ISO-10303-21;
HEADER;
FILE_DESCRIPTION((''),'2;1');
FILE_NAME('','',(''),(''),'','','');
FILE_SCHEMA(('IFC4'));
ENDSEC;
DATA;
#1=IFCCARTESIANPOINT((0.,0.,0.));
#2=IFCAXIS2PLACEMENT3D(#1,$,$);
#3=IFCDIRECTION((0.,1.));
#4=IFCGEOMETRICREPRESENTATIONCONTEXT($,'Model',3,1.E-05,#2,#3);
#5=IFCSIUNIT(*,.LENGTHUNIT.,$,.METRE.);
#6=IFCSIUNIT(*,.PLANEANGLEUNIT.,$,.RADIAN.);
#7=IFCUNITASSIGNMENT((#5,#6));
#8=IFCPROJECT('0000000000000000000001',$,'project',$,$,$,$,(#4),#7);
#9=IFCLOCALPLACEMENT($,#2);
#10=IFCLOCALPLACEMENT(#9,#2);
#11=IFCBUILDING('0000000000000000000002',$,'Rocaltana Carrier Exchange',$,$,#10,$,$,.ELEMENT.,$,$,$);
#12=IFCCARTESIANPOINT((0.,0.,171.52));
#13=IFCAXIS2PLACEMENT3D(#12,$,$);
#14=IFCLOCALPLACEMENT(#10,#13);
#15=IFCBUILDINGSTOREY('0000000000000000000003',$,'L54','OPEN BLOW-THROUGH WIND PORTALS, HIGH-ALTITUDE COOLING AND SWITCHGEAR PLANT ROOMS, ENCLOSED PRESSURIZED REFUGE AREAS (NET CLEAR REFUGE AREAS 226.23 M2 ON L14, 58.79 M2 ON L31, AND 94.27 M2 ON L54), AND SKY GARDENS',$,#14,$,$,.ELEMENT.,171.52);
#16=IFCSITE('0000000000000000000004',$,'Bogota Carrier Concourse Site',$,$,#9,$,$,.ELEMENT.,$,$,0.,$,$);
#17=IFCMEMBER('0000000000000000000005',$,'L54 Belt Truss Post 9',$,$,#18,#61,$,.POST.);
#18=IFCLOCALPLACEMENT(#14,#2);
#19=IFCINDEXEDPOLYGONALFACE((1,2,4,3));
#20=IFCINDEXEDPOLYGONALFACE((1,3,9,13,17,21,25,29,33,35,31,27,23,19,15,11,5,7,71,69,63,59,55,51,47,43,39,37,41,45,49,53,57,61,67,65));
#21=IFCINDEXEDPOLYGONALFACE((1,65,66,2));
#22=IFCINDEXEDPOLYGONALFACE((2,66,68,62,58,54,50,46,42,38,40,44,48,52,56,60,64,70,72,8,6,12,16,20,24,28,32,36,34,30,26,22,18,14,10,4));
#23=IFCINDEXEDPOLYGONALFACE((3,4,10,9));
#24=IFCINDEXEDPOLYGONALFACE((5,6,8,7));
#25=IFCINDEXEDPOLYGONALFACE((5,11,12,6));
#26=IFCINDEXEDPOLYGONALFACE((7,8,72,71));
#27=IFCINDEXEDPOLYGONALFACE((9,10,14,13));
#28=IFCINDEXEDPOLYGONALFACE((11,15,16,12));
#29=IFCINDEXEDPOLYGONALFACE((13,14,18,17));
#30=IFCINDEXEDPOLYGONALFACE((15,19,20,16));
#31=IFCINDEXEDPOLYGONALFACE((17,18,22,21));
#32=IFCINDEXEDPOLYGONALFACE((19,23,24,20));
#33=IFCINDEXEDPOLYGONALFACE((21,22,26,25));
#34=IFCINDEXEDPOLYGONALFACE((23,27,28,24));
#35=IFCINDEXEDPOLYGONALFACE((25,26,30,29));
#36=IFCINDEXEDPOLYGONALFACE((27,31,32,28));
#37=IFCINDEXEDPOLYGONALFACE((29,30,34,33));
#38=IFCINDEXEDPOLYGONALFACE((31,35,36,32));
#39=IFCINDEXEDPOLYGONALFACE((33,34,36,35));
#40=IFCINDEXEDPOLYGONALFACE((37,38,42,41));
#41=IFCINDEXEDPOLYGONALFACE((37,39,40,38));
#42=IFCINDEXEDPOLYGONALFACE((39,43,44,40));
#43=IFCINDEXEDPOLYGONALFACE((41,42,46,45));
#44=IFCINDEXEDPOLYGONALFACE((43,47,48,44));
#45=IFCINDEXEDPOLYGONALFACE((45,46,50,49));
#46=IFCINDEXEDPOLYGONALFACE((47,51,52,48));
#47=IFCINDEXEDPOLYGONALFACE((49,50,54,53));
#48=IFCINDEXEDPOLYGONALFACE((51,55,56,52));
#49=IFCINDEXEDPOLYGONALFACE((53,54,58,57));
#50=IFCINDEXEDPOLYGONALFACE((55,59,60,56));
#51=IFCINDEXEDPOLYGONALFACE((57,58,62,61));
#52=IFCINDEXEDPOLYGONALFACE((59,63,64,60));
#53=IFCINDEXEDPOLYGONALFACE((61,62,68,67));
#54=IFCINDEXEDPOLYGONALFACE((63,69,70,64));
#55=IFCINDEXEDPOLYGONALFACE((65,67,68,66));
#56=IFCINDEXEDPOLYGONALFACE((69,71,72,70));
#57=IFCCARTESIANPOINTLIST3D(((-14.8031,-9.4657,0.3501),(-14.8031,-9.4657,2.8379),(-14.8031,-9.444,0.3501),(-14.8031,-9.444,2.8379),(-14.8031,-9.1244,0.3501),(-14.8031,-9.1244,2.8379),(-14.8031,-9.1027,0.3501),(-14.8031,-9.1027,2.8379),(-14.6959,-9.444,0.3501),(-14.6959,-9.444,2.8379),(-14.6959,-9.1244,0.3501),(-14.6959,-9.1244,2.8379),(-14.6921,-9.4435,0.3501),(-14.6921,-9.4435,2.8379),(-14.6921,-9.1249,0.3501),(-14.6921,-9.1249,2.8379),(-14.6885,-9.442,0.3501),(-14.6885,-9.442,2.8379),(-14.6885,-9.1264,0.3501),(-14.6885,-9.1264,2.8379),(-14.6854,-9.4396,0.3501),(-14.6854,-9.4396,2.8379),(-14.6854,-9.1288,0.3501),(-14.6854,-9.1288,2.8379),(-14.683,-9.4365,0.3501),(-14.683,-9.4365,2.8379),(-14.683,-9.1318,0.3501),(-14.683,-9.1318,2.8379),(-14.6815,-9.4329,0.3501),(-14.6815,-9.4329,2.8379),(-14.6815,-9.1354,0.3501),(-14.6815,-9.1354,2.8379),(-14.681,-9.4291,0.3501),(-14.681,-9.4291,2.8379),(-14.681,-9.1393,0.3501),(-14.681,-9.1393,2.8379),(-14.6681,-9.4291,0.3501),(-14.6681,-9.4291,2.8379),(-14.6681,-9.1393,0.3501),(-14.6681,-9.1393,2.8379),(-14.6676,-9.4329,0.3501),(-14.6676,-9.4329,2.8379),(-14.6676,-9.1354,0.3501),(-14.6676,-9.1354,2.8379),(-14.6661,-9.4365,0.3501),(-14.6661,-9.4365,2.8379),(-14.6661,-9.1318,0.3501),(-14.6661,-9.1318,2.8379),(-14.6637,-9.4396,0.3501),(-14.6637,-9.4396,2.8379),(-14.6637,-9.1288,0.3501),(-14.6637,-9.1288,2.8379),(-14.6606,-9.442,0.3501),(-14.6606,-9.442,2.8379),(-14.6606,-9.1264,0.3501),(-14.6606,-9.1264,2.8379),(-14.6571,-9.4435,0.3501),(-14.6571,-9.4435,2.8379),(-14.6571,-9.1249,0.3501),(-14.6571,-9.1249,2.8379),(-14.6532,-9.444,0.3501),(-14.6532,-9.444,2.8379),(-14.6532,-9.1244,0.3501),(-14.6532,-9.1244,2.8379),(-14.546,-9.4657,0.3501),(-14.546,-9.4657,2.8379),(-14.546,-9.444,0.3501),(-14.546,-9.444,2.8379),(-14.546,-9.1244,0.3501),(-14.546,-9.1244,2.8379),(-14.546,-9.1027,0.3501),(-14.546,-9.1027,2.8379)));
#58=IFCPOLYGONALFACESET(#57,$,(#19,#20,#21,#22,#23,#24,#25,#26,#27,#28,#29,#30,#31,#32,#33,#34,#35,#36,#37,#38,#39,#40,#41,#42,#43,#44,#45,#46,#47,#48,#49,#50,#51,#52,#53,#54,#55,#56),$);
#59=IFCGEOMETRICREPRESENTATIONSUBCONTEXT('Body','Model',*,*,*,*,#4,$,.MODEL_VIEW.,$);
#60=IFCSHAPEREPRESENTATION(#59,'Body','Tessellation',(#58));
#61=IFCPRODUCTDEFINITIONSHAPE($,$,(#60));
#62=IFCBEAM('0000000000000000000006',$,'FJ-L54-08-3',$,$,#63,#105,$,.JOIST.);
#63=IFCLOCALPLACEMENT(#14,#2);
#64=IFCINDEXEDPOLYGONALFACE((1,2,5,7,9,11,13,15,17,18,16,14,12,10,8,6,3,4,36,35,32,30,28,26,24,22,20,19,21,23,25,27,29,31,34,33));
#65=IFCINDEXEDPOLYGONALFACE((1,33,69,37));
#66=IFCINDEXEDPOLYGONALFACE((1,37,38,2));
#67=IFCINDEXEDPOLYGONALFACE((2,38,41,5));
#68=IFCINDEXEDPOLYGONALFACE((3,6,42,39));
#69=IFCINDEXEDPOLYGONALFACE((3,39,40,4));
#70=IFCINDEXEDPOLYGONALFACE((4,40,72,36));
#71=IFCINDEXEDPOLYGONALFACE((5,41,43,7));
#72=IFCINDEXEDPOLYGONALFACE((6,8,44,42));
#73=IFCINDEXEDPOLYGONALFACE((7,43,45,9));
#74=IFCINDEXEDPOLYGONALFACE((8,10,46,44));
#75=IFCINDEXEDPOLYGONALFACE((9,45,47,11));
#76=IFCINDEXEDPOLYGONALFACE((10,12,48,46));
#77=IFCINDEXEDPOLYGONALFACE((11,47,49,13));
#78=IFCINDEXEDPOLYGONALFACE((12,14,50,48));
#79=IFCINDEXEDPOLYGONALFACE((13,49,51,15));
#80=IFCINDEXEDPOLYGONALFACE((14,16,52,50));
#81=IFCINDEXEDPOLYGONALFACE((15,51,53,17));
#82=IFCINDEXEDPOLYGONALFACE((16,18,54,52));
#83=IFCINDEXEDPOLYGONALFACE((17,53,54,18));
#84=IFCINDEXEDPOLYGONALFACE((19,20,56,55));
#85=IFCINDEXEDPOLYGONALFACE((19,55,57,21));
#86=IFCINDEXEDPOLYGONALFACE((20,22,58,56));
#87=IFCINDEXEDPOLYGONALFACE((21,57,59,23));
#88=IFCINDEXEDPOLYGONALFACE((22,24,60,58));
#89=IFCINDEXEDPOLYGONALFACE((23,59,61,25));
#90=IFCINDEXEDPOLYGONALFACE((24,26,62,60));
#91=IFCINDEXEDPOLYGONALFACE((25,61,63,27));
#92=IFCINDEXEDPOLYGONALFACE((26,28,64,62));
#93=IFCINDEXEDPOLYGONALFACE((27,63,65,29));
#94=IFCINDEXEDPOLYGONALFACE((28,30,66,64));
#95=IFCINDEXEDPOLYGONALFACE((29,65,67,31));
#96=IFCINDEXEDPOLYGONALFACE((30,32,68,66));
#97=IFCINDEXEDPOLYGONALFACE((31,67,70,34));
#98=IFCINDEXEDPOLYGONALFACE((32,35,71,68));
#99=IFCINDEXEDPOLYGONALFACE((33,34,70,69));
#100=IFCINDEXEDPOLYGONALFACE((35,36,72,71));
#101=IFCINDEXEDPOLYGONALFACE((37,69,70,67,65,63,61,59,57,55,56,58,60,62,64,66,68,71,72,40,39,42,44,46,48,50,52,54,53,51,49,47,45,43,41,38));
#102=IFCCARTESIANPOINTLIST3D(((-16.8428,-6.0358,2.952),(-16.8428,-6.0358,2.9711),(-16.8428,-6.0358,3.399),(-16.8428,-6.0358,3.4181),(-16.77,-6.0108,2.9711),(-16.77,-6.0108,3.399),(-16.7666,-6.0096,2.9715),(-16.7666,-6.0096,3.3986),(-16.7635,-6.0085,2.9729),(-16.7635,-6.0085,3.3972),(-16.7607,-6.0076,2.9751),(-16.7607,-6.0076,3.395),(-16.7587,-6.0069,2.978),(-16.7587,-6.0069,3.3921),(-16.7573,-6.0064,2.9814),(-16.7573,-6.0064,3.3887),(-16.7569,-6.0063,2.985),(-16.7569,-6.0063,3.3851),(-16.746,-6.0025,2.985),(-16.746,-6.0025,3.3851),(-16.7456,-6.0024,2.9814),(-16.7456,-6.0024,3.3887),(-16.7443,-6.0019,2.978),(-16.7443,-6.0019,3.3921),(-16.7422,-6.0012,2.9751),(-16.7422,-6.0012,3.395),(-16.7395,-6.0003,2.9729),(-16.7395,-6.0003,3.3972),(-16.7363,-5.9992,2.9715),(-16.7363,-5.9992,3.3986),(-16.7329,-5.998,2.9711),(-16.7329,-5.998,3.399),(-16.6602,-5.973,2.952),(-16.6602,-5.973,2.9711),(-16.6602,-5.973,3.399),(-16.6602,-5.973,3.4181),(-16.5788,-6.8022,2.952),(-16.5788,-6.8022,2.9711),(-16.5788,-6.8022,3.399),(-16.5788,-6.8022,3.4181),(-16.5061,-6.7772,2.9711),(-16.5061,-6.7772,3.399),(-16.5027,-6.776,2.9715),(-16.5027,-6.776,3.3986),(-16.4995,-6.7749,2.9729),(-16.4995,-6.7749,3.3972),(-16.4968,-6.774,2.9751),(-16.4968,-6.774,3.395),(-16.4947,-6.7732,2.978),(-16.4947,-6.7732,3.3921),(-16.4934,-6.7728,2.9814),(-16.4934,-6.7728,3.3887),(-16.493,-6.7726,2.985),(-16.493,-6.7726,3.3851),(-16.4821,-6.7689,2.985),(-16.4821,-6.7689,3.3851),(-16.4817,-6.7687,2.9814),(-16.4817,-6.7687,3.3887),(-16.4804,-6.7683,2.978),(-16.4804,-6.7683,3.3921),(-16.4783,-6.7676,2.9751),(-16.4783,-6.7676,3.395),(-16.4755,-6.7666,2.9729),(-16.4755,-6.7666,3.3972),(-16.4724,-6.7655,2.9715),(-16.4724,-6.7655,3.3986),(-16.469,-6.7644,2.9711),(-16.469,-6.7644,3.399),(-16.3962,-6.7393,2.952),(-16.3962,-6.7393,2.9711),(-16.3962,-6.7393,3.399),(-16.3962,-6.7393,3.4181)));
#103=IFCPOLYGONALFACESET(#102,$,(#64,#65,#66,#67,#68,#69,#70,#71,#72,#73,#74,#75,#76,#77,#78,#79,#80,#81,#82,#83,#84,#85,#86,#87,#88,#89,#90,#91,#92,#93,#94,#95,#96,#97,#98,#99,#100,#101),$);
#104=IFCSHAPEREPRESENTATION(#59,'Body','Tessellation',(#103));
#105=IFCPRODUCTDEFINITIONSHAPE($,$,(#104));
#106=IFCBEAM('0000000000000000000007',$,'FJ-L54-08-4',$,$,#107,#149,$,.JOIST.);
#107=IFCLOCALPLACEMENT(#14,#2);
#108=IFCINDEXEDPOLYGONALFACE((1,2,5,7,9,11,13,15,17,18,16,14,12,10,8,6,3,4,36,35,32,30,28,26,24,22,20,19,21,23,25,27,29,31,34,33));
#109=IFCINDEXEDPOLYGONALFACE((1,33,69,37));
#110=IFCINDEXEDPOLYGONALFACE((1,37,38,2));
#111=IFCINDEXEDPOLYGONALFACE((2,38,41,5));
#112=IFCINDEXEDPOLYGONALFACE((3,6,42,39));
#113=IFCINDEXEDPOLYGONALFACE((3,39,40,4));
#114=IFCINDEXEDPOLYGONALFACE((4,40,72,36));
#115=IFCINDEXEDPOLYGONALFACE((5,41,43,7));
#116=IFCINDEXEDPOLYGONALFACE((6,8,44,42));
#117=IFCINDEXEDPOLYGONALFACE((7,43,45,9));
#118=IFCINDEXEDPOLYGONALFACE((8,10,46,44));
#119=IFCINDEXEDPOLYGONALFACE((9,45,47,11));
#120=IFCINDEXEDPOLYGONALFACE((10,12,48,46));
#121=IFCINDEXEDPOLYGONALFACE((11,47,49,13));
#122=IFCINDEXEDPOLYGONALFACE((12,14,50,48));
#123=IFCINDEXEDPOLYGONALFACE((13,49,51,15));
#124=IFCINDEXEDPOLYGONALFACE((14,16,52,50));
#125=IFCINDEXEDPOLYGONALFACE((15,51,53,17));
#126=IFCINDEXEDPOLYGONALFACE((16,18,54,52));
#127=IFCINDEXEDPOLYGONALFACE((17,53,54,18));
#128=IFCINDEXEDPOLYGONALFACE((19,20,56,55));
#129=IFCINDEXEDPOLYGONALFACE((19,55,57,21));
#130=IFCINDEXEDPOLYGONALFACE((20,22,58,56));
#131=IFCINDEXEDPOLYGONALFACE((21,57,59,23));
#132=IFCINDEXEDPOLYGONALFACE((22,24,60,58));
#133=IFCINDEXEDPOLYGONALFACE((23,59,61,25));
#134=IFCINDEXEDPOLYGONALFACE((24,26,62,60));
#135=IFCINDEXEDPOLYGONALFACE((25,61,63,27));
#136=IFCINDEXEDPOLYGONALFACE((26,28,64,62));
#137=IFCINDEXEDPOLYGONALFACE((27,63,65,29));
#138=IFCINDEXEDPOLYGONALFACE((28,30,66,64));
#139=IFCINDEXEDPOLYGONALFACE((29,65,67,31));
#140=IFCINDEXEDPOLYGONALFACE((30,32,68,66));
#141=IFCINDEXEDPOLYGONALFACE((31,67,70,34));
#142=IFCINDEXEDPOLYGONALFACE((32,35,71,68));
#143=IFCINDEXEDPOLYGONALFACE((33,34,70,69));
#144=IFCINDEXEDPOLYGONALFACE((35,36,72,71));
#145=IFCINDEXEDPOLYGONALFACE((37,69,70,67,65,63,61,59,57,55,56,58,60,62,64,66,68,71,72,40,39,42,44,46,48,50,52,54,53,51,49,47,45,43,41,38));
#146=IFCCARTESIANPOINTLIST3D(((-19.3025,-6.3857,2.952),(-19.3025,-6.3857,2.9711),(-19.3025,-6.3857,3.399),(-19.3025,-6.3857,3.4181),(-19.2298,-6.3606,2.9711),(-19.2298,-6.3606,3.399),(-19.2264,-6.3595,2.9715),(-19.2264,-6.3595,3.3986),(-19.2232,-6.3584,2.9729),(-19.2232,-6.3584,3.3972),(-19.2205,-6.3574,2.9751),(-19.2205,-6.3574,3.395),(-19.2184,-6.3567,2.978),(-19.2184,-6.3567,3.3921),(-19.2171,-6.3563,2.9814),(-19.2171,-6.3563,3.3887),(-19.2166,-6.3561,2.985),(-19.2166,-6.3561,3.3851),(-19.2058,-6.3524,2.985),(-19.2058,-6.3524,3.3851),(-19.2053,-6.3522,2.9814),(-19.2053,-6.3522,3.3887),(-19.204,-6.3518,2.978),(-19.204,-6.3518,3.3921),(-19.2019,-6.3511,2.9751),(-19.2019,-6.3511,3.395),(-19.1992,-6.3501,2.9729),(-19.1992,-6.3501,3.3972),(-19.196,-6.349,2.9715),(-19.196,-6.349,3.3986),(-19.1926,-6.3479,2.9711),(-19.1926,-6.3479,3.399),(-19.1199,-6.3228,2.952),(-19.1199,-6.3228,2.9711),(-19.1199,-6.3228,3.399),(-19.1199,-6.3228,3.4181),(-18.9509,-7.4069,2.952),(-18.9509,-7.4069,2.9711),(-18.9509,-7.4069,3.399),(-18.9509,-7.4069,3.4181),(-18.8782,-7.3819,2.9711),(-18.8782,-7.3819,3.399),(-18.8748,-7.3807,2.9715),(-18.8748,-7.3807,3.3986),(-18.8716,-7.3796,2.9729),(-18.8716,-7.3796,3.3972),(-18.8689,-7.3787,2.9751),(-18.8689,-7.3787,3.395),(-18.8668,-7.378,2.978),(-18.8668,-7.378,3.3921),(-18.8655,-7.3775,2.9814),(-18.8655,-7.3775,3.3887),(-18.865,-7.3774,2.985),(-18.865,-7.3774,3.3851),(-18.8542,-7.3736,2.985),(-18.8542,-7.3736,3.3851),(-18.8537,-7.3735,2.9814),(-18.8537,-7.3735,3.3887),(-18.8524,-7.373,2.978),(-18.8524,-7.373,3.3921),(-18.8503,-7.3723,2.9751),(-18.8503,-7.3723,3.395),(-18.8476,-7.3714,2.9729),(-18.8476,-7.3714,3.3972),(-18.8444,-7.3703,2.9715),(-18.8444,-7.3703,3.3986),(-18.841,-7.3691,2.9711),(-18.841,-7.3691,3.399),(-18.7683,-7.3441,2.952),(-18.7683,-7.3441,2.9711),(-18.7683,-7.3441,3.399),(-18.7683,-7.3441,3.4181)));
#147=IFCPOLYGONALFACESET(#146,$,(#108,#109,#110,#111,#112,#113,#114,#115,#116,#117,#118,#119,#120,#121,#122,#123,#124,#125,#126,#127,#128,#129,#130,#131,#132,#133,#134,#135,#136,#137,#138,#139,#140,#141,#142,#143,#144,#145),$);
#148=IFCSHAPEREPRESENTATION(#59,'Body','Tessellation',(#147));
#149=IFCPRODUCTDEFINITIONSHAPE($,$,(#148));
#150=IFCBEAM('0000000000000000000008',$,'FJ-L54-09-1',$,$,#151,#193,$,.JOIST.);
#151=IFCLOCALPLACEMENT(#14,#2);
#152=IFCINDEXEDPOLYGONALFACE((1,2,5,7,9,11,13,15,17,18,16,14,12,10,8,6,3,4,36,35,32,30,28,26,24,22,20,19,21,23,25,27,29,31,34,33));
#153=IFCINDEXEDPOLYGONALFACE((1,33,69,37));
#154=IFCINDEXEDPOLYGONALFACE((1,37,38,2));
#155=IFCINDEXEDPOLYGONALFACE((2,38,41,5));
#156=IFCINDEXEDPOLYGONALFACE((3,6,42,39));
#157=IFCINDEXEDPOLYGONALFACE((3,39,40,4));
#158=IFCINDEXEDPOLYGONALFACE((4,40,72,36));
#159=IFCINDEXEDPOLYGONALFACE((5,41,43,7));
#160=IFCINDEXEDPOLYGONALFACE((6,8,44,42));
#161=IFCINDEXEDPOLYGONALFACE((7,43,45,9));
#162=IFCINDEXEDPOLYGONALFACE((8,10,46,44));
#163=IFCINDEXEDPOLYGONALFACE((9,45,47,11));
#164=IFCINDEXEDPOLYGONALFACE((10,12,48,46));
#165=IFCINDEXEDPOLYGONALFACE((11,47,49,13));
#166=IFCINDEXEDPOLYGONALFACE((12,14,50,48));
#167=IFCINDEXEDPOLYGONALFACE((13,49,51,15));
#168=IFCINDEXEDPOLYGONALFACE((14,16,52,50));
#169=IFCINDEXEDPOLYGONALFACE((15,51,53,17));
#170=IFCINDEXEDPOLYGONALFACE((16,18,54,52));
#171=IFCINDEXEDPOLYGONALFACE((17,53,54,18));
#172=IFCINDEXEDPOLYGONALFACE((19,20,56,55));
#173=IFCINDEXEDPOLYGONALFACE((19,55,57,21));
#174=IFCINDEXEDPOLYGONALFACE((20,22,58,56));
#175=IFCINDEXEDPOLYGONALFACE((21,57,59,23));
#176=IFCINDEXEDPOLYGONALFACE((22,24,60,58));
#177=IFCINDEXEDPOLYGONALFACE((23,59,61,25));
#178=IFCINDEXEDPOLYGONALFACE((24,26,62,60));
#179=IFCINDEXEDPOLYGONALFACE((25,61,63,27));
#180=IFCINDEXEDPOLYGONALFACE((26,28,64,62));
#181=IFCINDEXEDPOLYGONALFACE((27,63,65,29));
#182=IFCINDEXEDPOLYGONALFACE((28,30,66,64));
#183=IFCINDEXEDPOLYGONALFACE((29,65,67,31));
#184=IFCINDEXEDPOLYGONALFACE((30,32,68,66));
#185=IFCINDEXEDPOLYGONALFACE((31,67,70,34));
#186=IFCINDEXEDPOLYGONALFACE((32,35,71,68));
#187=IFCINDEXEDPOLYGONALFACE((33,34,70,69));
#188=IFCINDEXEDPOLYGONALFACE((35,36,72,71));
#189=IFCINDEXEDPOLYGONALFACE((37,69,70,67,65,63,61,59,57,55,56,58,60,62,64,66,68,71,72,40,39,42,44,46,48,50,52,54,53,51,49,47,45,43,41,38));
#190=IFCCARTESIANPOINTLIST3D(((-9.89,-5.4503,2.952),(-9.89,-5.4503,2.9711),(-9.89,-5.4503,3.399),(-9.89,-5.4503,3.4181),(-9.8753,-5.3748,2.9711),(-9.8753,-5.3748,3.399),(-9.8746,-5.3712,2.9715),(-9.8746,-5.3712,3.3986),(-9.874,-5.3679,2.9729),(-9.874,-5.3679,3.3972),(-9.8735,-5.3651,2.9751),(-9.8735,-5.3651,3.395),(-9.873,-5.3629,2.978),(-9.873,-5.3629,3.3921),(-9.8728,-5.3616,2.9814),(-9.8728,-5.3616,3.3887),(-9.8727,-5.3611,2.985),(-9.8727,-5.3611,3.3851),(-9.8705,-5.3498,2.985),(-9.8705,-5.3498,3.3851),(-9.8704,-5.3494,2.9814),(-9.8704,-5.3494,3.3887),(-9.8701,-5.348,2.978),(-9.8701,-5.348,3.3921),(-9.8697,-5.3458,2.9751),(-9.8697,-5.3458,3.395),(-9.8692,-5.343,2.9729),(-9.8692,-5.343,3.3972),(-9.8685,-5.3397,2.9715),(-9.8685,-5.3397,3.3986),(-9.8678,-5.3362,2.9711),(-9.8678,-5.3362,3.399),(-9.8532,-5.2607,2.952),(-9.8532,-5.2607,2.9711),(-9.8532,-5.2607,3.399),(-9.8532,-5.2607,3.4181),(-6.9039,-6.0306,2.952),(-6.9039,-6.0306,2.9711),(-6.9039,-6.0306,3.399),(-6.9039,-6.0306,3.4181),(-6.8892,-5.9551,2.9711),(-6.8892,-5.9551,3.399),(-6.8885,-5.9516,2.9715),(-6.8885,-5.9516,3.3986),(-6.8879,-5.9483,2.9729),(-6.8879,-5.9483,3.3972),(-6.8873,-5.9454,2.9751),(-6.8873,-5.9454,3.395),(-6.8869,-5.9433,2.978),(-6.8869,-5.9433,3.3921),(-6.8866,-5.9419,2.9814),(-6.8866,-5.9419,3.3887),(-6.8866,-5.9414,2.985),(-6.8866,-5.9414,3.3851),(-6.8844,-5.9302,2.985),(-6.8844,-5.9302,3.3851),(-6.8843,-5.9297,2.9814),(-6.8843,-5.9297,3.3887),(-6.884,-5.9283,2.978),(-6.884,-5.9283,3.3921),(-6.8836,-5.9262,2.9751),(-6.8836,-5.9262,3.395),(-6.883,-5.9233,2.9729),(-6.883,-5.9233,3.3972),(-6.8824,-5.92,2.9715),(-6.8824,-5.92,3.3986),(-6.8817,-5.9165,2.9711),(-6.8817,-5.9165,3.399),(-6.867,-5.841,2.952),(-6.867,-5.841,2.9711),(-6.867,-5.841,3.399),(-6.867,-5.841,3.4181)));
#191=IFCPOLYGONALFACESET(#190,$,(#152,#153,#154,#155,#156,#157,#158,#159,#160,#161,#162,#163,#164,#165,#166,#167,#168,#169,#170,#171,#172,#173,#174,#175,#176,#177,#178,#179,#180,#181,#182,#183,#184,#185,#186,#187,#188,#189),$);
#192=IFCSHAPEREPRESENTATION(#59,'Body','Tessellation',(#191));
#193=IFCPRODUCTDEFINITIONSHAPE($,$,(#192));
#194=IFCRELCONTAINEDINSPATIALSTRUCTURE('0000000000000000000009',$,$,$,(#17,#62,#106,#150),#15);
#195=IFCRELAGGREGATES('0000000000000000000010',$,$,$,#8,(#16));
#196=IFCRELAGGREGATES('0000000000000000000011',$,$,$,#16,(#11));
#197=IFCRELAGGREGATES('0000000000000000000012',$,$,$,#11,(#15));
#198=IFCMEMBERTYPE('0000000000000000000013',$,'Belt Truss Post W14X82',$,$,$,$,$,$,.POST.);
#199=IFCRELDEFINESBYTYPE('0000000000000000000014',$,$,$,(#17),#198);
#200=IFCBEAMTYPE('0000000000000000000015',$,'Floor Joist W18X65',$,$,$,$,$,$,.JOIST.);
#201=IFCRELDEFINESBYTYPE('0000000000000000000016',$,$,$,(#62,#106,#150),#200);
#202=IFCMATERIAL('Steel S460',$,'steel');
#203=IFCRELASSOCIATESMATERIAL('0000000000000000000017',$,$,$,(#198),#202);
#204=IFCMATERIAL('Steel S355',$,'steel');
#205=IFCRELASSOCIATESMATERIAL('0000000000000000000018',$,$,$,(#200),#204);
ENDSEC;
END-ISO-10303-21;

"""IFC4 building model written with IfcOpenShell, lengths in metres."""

from ifc_helpers import new_model, si_unit, direction, frame, origin, origin_2d, place, context, subcontext, project, spatial, i_section, extrude, material, material_profile, profile_set, type_object, element, save


model = new_model("IFC4")

# Units and contexts
model_context = context("Model", 3, precision=1e-05, world=origin(), true_north=direction((0.0, 1.0)))
body_context = subcontext(model_context, "Body", "Model", "MODEL_VIEW")
ifc_project = project(units=[si_unit("LENGTHUNIT", "METRE"), si_unit("PLANEANGLEUNIT", "RADIAN")], contexts=[model_context])

# Site, building, storey
site_placement = place(None, origin())
site = spatial("IfcSite", under=ifc_project, at=site_placement, Name="Bogota Carrier Concourse Site", CompositionType="ELEMENT", RefElevation=0.0)
building_placement = place(site_placement, origin())
building = spatial("IfcBuilding", under=site, at=building_placement, Name="Rocaltana Carrier Exchange", CompositionType="ELEMENT")
storey_placement = place(building_placement, frame((0.0, 0.0, 171.52)))
storey = spatial("IfcBuildingStorey", under=building, at=storey_placement, Name="L54", Description="OPEN BLOW-THROUGH WIND PORTALS, HIGH-ALTITUDE COOLING AND SWITCHGEAR PLANT ROOMS, ENCLOSED PRESSURIZED REFUGE AREAS (NET CLEAR REFUGE AREAS 226.23 M2 ON L14, 58.79 M2 ON L31, AND 94.27 M2 ON L54), AND SKY GARDENS", CompositionType="ELEMENT", Elevation=171.52)

# Member
ifc_material_1 = material(Name="Steel S460", Category="steel")
ifc_material_profile_1 = material_profile(ifc_material_1, i_section(OverallWidth=0.2571, OverallDepth=0.363, WebThickness=0.0129, FlangeThickness=0.0217, FilletRadius=0.0149, at=origin_2d()), Name="W14X82")
ifc_profile_set_1 = profile_set([ifc_material_profile_1], Name="Steel S460")
member_type_1 = type_object("IfcMemberType", Name="Belt Truss Post W14X82", PredefinedType="POST", material=ifc_profile_set_1)
for number, where, z_axis, x_axis, name in (
    (1, (-14.6746, -9.2842, 0.3501), (0.0, 0.0, 1.0), (1.0, 0.0, 0.0), "L54 Belt Truss Post 9"),
):
    element("IfcMember", number, at=place(storey_placement, frame(where, z_axis=z_axis, x_axis=x_axis)), inside=storey, type_object=member_type_1, Name=name, PredefinedType="POST", context=body_context, shape_type="SweptSolid", body=[
        extrude(i_section(OverallWidth=0.2571, OverallDepth=0.363, WebThickness=0.0129, FlangeThickness=0.0217, FilletRadius=0.0149, at=origin_2d()), origin(), (0.0, 0.0, 1.0), 2.4878),
    ])

# Beams
ifc_material_2 = material(Name="Steel S355", Category="steel")
ifc_material_profile_2 = material_profile(ifc_material_2, i_section(OverallWidth=0.1931, OverallDepth=0.4661, WebThickness=0.0115, FlangeThickness=0.019, FilletRadius=0.0139, at=origin_2d()), Name="W18X65")
ifc_profile_set_2 = profile_set([ifc_material_profile_2], Name="Steel S355")
beam_type_1 = type_object("IfcBeamType", Name="Floor Joist W18X65", PredefinedType="JOIST", material=ifc_profile_set_2)
beam_1_placement = place(storey_placement, frame((-16.7515, -6.0044, 3.1851), z_axis=(0.32561, -0.945504, 0.0), x_axis=(0.945504, 0.32561, 0.0)))
element("IfcBeam", 2, at=beam_1_placement, inside=storey, type_object=beam_type_1, Name="FJ-L54-08-3", PredefinedType="JOIST", context=body_context, shape_type="SweptSolid", body=[
    extrude(i_section(OverallWidth=0.1931, OverallDepth=0.4661, WebThickness=0.0115, FlangeThickness=0.019, FilletRadius=0.0139, at=origin_2d()), origin(), (0.0, 0.0, 1.0), 0.8105),
])
beam_2_placement = place(storey_placement, frame((-19.2112, -6.3542, 3.1851), z_axis=(0.325503, -0.945541, 0.0), x_axis=(0.945541, 0.325503, 0.0)))
element("IfcBeam", 3, at=beam_2_placement, inside=storey, type_object=beam_type_1, Name="FJ-L54-08-4", PredefinedType="JOIST", context=body_context, shape_type="SweptSolid", body=[
    extrude(i_section(OverallWidth=0.1931, OverallDepth=0.4661, WebThickness=0.0115, FlangeThickness=0.019, FilletRadius=0.0139, at=origin_2d()), origin(), (0.0, 0.0, 1.0), 1.0801),
])
beam_3_placement = place(storey_placement, frame((-9.8716, -5.3555, 3.1851), z_axis=(0.981634, -0.190773, 0.0), x_axis=(0.190773, 0.981634, 0.0)))
element("IfcBeam", 4, at=beam_3_placement, inside=storey, type_object=beam_type_1, Name="FJ-L54-09-1", PredefinedType="JOIST", context=body_context, shape_type="SweptSolid", body=[
    extrude(i_section(OverallWidth=0.1931, OverallDepth=0.4661, WebThickness=0.0115, FlangeThickness=0.019, FilletRadius=0.0139, at=origin_2d()), origin(), (0.0, 0.0, 1.0), 3.042),
])

save(model, "model.ifc")
